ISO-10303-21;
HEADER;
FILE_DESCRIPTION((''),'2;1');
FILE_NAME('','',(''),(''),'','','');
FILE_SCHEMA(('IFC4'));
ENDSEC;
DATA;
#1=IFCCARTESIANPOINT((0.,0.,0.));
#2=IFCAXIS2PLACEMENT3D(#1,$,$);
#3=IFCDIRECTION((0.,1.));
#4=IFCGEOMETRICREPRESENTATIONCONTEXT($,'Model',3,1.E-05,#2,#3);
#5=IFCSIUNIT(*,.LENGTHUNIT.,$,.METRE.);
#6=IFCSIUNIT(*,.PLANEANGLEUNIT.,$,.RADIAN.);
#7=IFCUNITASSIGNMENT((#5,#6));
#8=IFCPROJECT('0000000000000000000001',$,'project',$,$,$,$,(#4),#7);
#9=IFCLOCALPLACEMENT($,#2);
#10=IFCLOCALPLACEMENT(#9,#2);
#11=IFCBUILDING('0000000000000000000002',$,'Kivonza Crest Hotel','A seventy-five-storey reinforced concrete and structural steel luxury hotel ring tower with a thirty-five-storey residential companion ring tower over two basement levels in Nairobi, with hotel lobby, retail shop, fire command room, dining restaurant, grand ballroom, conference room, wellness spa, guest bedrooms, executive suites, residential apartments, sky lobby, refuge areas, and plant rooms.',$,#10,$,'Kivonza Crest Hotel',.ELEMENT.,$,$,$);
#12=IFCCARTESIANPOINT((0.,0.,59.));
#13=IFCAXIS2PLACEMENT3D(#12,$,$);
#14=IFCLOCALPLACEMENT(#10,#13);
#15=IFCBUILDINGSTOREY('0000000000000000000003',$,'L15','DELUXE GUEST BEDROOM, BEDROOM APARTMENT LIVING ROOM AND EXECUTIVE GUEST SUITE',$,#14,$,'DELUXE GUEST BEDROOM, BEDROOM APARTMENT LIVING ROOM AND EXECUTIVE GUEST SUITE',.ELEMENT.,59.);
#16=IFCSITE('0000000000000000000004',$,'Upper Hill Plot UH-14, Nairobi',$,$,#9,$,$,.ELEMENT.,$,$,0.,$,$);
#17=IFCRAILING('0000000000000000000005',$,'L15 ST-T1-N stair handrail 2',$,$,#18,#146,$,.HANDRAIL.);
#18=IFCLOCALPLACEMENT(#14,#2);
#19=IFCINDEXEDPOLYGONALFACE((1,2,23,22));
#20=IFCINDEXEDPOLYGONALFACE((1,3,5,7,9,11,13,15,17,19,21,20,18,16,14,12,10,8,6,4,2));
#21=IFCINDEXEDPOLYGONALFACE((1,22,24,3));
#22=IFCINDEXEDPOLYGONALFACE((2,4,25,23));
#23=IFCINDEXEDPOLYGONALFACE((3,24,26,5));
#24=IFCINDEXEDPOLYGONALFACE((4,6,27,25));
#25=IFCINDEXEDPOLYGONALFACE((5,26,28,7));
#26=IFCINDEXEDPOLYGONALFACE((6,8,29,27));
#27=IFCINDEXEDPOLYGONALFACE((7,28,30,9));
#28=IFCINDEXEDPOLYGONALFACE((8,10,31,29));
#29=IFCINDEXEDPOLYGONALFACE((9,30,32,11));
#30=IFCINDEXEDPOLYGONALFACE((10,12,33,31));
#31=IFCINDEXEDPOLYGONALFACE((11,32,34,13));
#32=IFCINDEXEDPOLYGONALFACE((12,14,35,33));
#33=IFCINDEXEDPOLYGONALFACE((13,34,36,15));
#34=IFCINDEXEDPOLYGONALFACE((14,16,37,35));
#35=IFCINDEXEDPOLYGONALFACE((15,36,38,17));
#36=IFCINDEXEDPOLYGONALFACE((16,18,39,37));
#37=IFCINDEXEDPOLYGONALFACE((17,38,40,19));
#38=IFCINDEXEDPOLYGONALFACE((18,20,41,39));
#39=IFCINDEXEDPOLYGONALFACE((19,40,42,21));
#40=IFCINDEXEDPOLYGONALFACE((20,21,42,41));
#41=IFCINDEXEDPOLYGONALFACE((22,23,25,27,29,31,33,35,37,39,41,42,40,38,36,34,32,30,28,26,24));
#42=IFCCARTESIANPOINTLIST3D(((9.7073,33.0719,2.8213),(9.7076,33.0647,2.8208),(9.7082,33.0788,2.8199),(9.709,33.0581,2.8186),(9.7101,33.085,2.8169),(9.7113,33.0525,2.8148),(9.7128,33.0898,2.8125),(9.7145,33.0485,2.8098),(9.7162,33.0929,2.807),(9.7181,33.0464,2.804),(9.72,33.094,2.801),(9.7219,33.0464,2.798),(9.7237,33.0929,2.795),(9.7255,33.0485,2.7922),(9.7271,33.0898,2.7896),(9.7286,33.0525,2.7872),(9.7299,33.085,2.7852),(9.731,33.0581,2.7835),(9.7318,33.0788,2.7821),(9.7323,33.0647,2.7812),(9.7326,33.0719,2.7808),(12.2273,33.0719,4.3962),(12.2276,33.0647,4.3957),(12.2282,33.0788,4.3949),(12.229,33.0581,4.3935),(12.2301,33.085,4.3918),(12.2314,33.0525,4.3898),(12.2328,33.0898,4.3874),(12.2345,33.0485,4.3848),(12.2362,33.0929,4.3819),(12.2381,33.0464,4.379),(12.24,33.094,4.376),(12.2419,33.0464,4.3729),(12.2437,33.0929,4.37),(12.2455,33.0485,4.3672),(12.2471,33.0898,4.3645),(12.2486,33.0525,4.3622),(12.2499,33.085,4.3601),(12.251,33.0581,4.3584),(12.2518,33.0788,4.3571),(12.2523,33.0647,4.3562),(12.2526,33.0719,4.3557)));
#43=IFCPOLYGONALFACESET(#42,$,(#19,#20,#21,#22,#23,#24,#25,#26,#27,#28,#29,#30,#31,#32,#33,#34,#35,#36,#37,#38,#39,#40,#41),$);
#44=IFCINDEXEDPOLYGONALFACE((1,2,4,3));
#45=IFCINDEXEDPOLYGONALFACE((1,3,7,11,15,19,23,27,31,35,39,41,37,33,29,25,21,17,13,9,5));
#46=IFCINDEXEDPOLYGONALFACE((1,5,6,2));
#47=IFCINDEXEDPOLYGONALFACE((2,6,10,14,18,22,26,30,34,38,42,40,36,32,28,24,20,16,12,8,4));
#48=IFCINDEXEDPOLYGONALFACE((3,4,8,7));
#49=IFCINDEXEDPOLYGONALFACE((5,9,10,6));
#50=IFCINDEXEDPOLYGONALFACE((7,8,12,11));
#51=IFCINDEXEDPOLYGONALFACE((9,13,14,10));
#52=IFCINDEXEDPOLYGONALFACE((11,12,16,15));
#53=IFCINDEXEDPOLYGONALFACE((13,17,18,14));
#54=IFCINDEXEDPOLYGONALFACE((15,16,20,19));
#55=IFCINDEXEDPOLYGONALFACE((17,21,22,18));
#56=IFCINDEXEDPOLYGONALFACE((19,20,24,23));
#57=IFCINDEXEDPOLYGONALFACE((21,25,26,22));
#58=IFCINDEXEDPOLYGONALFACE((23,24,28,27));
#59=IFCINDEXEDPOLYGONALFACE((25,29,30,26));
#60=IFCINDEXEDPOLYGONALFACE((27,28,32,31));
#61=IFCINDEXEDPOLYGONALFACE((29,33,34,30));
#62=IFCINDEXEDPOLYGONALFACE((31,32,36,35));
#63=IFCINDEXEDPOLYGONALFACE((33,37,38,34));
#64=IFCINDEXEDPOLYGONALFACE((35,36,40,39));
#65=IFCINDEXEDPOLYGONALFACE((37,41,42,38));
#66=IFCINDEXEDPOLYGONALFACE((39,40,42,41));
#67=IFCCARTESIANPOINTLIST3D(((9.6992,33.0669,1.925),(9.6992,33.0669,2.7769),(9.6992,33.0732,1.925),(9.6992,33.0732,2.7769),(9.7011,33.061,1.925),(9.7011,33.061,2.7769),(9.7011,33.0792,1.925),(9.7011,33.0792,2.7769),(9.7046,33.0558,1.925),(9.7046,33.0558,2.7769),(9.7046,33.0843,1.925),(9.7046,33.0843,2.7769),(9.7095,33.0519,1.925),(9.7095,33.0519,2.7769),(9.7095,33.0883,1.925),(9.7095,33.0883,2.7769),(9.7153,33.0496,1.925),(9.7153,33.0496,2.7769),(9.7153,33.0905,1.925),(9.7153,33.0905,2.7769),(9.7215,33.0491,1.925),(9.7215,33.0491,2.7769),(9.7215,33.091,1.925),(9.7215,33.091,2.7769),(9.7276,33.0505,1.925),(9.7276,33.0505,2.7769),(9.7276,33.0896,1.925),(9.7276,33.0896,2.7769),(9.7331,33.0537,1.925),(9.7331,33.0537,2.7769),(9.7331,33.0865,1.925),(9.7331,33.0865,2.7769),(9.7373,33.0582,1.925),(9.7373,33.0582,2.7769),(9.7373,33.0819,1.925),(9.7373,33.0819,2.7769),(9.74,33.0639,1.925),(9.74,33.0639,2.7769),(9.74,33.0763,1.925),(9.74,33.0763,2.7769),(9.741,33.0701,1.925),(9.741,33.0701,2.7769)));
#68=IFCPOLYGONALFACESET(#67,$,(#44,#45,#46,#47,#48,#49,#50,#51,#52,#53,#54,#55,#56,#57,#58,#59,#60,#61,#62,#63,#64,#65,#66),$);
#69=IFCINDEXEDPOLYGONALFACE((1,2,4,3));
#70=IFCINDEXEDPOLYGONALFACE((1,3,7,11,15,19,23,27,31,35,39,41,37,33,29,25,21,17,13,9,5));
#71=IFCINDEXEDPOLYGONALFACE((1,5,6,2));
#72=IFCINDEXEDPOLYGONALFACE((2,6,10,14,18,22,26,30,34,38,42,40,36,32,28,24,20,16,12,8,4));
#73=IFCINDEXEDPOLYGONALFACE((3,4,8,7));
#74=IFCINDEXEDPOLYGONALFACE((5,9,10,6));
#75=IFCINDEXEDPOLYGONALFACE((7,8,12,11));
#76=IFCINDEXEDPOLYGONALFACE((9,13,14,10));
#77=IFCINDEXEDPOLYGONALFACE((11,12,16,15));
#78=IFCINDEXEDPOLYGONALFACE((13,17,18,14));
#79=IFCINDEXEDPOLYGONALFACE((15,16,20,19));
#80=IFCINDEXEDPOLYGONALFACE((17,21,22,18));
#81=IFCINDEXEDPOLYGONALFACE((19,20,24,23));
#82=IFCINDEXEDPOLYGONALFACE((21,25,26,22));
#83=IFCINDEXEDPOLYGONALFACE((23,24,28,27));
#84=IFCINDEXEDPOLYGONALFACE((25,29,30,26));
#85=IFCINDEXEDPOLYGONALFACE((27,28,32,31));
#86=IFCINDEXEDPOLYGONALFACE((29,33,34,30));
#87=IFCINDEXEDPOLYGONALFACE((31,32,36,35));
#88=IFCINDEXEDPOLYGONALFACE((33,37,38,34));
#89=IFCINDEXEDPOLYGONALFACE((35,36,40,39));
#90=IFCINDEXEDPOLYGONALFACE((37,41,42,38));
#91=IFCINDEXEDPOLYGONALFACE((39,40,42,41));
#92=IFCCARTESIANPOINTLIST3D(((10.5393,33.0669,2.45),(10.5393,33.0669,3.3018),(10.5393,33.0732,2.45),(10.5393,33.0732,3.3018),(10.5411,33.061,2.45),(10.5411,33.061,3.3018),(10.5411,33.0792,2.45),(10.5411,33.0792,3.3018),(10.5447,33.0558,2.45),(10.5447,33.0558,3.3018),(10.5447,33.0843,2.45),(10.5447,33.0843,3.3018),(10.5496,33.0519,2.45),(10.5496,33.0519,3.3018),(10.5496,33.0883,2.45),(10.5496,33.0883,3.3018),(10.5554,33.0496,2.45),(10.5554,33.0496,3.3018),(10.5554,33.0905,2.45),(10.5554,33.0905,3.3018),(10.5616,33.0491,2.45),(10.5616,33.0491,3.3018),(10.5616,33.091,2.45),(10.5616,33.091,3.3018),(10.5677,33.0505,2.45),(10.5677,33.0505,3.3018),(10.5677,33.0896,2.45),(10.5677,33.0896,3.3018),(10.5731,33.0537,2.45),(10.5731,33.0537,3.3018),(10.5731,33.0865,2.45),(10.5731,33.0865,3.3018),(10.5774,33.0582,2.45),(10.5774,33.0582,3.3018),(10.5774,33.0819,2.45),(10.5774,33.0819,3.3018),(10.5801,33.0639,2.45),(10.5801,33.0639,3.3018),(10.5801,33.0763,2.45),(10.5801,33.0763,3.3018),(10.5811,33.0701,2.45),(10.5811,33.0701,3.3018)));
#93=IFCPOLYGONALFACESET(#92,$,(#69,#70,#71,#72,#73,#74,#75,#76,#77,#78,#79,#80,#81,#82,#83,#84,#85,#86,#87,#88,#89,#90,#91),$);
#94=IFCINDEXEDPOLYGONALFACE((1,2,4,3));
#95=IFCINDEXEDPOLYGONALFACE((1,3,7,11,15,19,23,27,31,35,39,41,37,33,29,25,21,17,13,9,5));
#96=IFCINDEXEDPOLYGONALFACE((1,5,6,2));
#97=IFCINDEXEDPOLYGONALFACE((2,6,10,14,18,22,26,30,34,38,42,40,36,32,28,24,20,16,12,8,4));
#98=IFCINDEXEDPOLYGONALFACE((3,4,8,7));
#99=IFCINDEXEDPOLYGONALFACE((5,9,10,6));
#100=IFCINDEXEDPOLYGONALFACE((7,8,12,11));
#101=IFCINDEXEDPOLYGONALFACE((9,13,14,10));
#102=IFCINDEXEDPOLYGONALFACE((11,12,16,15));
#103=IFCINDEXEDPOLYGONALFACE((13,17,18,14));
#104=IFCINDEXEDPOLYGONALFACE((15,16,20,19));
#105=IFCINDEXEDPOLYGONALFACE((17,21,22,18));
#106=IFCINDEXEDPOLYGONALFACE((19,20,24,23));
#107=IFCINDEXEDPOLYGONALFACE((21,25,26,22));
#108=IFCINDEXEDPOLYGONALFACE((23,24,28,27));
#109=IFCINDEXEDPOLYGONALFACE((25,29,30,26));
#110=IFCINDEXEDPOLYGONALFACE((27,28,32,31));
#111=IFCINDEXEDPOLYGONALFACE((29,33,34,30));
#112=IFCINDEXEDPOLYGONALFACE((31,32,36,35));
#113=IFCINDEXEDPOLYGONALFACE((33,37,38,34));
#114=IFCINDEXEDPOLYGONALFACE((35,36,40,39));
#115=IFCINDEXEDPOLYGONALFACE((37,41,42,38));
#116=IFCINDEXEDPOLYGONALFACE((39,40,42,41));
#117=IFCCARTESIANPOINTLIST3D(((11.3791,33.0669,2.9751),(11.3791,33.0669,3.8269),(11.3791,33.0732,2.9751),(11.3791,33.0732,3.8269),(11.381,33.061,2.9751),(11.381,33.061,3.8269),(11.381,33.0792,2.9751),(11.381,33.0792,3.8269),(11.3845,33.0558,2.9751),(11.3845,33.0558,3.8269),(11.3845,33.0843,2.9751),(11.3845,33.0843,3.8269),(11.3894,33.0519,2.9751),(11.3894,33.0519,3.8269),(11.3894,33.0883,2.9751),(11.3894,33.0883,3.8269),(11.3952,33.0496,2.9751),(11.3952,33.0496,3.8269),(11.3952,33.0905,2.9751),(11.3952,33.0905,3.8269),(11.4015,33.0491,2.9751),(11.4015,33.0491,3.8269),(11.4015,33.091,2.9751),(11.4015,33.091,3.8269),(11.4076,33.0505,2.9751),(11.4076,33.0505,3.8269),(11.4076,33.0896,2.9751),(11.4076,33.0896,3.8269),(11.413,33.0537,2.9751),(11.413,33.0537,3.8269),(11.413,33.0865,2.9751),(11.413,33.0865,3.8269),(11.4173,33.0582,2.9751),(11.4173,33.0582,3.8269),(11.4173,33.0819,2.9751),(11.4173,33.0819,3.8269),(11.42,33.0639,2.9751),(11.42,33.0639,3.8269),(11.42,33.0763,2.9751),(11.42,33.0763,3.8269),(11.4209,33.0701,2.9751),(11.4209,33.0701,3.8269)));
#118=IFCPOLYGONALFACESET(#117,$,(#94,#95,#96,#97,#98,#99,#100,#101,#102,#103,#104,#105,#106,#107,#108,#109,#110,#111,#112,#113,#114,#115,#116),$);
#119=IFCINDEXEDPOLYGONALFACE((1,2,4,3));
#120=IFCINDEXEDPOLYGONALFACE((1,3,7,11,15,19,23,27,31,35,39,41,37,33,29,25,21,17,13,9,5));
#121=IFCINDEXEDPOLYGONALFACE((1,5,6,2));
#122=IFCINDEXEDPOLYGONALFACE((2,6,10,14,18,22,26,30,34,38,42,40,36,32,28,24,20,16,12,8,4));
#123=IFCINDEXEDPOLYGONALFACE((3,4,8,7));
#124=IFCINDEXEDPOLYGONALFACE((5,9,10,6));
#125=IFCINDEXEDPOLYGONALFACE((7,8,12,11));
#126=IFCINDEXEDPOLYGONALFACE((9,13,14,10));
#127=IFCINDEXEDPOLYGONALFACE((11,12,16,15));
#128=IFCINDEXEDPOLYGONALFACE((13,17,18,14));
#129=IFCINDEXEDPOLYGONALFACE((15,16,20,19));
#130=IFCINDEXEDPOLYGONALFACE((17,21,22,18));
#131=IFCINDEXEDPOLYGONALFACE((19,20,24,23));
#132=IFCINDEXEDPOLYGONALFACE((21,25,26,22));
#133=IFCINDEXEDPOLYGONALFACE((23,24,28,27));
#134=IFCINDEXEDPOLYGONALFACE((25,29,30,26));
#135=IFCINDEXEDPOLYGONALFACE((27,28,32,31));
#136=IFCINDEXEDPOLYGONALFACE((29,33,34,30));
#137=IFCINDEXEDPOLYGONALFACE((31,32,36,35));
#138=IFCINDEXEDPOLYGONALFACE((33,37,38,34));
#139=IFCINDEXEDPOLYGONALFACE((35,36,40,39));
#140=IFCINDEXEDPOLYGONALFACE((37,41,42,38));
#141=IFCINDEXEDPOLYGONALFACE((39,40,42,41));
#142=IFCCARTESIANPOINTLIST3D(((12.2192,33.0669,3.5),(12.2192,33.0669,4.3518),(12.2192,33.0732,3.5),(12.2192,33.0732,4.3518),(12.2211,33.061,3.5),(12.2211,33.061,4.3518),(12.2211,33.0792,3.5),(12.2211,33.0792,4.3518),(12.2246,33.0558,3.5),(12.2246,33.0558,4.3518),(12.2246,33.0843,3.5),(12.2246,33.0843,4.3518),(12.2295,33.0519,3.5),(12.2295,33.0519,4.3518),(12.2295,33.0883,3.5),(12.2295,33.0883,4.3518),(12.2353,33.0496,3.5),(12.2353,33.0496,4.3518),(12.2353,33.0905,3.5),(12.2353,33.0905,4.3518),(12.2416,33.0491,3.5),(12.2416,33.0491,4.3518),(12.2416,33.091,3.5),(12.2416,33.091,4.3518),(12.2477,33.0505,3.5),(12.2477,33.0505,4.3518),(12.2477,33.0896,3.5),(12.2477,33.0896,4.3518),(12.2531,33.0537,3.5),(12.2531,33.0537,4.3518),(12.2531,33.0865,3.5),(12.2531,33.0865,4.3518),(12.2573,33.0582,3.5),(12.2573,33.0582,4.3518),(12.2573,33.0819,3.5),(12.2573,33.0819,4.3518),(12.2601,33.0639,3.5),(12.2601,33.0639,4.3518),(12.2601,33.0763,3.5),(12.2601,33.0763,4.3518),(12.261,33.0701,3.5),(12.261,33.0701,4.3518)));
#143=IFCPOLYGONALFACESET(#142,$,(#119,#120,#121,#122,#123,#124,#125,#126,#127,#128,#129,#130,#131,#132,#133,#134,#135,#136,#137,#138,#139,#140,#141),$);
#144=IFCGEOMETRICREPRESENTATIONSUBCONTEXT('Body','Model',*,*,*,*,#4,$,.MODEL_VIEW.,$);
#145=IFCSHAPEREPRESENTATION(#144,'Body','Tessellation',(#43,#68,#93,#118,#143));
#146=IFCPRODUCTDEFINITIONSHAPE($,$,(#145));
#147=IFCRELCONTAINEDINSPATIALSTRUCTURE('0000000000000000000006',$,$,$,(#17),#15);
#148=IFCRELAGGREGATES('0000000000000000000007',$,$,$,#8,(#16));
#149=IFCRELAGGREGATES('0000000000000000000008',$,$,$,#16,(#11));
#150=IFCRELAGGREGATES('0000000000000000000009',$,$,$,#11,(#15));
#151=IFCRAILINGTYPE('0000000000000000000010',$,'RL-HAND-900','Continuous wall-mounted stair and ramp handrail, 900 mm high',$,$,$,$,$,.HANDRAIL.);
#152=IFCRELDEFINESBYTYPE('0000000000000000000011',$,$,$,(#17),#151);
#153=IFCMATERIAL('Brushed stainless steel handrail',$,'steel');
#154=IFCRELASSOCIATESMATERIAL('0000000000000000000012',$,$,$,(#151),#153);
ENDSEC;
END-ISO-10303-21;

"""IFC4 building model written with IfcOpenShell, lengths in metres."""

from ifc_helpers import new_model, si_unit, direction, frame, origin, origin_2d, place, context, subcontext, project, spatial, circle, extrude, material, type_object, element, save


model = new_model("IFC4")

# Units and contexts
model_context = context("Model", 3, precision=1e-05, world=origin(), true_north=direction((0.0, 1.0)))
body_context = subcontext(model_context, "Body", "Model", "MODEL_VIEW")
ifc_project = project(units=[si_unit("LENGTHUNIT", "METRE"), si_unit("PLANEANGLEUNIT", "RADIAN")], contexts=[model_context])

# Site, building, storey
site_placement = place(None, origin())
site = spatial("IfcSite", under=ifc_project, at=site_placement, Name="Upper Hill Plot UH-14, Nairobi", CompositionType="ELEMENT", RefElevation=0.0)
building_placement = place(site_placement, origin())
building = spatial("IfcBuilding", under=site, at=building_placement, Name="Kivonza Crest Hotel", Description="A seventy-five-storey reinforced concrete and structural steel luxury hotel ring tower with a thirty-five-storey residential companion ring tower over two basement levels in Nairobi, with hotel lobby, retail shop, fire command room, dining restaurant, grand ballroom, conference room, wellness spa, guest bedrooms, executive suites, residential apartments, sky lobby, refuge areas, and plant rooms.", LongName="Kivonza Crest Hotel", CompositionType="ELEMENT")
storey_placement = place(building_placement, frame((0.0, 0.0, 59.0)))
storey = spatial("IfcBuildingStorey", under=building, at=storey_placement, Name="L15", Description="DELUXE GUEST BEDROOM, BEDROOM APARTMENT LIVING ROOM AND EXECUTIVE GUEST SUITE", LongName="DELUXE GUEST BEDROOM, BEDROOM APARTMENT LIVING ROOM AND EXECUTIVE GUEST SUITE", CompositionType="ELEMENT", Elevation=59.0)

# Railing
ifc_material_1 = material(Name="Brushed stainless steel handrail", Category="steel")
railing_type_1 = type_object("IfcRailingType", Name="RL-HAND-900", Description="Continuous wall-mounted stair and ramp handrail, 900 mm high", PredefinedType="HANDRAIL", material=ifc_material_1)
railing_1_placement = place(storey_placement, frame((9.72, 33.0701, 1.925)))
element("IfcRailing", 1, at=railing_1_placement, inside=storey, type_object=railing_type_1, Name="L15 ST-T1-N stair handrail 2", PredefinedType="HANDRAIL", context=body_context, shape_type="SweptSolid", body=[
    extrude(circle(Radius=0.0239, at=origin_2d()), frame((0.0, 0.0, 0.876), z_axis=(0.848008, 0.0, 0.529984), x_axis=(0.0, 1.0, 0.0)), (0.0, 0.0, 1.0), 2.9717),
    extrude(circle(Radius=0.021, at=origin_2d()), origin(), (0.0, 0.0, 1.0), 0.8518),
    extrude(circle(Radius=0.021, at=origin_2d()), frame((0.8401, 0.0, 0.5249)), (0.0, 0.0, 1.0), 0.8518),
    extrude(circle(Radius=0.021, at=origin_2d()), frame((1.6799, 0.0, 1.05)), (0.0, 0.0, 1.0), 0.8518),
    extrude(circle(Radius=0.021, at=origin_2d()), frame((2.52, 0.0, 1.575)), (0.0, 0.0, 1.0), 0.8518),
])

save(model, "model.ifc")
